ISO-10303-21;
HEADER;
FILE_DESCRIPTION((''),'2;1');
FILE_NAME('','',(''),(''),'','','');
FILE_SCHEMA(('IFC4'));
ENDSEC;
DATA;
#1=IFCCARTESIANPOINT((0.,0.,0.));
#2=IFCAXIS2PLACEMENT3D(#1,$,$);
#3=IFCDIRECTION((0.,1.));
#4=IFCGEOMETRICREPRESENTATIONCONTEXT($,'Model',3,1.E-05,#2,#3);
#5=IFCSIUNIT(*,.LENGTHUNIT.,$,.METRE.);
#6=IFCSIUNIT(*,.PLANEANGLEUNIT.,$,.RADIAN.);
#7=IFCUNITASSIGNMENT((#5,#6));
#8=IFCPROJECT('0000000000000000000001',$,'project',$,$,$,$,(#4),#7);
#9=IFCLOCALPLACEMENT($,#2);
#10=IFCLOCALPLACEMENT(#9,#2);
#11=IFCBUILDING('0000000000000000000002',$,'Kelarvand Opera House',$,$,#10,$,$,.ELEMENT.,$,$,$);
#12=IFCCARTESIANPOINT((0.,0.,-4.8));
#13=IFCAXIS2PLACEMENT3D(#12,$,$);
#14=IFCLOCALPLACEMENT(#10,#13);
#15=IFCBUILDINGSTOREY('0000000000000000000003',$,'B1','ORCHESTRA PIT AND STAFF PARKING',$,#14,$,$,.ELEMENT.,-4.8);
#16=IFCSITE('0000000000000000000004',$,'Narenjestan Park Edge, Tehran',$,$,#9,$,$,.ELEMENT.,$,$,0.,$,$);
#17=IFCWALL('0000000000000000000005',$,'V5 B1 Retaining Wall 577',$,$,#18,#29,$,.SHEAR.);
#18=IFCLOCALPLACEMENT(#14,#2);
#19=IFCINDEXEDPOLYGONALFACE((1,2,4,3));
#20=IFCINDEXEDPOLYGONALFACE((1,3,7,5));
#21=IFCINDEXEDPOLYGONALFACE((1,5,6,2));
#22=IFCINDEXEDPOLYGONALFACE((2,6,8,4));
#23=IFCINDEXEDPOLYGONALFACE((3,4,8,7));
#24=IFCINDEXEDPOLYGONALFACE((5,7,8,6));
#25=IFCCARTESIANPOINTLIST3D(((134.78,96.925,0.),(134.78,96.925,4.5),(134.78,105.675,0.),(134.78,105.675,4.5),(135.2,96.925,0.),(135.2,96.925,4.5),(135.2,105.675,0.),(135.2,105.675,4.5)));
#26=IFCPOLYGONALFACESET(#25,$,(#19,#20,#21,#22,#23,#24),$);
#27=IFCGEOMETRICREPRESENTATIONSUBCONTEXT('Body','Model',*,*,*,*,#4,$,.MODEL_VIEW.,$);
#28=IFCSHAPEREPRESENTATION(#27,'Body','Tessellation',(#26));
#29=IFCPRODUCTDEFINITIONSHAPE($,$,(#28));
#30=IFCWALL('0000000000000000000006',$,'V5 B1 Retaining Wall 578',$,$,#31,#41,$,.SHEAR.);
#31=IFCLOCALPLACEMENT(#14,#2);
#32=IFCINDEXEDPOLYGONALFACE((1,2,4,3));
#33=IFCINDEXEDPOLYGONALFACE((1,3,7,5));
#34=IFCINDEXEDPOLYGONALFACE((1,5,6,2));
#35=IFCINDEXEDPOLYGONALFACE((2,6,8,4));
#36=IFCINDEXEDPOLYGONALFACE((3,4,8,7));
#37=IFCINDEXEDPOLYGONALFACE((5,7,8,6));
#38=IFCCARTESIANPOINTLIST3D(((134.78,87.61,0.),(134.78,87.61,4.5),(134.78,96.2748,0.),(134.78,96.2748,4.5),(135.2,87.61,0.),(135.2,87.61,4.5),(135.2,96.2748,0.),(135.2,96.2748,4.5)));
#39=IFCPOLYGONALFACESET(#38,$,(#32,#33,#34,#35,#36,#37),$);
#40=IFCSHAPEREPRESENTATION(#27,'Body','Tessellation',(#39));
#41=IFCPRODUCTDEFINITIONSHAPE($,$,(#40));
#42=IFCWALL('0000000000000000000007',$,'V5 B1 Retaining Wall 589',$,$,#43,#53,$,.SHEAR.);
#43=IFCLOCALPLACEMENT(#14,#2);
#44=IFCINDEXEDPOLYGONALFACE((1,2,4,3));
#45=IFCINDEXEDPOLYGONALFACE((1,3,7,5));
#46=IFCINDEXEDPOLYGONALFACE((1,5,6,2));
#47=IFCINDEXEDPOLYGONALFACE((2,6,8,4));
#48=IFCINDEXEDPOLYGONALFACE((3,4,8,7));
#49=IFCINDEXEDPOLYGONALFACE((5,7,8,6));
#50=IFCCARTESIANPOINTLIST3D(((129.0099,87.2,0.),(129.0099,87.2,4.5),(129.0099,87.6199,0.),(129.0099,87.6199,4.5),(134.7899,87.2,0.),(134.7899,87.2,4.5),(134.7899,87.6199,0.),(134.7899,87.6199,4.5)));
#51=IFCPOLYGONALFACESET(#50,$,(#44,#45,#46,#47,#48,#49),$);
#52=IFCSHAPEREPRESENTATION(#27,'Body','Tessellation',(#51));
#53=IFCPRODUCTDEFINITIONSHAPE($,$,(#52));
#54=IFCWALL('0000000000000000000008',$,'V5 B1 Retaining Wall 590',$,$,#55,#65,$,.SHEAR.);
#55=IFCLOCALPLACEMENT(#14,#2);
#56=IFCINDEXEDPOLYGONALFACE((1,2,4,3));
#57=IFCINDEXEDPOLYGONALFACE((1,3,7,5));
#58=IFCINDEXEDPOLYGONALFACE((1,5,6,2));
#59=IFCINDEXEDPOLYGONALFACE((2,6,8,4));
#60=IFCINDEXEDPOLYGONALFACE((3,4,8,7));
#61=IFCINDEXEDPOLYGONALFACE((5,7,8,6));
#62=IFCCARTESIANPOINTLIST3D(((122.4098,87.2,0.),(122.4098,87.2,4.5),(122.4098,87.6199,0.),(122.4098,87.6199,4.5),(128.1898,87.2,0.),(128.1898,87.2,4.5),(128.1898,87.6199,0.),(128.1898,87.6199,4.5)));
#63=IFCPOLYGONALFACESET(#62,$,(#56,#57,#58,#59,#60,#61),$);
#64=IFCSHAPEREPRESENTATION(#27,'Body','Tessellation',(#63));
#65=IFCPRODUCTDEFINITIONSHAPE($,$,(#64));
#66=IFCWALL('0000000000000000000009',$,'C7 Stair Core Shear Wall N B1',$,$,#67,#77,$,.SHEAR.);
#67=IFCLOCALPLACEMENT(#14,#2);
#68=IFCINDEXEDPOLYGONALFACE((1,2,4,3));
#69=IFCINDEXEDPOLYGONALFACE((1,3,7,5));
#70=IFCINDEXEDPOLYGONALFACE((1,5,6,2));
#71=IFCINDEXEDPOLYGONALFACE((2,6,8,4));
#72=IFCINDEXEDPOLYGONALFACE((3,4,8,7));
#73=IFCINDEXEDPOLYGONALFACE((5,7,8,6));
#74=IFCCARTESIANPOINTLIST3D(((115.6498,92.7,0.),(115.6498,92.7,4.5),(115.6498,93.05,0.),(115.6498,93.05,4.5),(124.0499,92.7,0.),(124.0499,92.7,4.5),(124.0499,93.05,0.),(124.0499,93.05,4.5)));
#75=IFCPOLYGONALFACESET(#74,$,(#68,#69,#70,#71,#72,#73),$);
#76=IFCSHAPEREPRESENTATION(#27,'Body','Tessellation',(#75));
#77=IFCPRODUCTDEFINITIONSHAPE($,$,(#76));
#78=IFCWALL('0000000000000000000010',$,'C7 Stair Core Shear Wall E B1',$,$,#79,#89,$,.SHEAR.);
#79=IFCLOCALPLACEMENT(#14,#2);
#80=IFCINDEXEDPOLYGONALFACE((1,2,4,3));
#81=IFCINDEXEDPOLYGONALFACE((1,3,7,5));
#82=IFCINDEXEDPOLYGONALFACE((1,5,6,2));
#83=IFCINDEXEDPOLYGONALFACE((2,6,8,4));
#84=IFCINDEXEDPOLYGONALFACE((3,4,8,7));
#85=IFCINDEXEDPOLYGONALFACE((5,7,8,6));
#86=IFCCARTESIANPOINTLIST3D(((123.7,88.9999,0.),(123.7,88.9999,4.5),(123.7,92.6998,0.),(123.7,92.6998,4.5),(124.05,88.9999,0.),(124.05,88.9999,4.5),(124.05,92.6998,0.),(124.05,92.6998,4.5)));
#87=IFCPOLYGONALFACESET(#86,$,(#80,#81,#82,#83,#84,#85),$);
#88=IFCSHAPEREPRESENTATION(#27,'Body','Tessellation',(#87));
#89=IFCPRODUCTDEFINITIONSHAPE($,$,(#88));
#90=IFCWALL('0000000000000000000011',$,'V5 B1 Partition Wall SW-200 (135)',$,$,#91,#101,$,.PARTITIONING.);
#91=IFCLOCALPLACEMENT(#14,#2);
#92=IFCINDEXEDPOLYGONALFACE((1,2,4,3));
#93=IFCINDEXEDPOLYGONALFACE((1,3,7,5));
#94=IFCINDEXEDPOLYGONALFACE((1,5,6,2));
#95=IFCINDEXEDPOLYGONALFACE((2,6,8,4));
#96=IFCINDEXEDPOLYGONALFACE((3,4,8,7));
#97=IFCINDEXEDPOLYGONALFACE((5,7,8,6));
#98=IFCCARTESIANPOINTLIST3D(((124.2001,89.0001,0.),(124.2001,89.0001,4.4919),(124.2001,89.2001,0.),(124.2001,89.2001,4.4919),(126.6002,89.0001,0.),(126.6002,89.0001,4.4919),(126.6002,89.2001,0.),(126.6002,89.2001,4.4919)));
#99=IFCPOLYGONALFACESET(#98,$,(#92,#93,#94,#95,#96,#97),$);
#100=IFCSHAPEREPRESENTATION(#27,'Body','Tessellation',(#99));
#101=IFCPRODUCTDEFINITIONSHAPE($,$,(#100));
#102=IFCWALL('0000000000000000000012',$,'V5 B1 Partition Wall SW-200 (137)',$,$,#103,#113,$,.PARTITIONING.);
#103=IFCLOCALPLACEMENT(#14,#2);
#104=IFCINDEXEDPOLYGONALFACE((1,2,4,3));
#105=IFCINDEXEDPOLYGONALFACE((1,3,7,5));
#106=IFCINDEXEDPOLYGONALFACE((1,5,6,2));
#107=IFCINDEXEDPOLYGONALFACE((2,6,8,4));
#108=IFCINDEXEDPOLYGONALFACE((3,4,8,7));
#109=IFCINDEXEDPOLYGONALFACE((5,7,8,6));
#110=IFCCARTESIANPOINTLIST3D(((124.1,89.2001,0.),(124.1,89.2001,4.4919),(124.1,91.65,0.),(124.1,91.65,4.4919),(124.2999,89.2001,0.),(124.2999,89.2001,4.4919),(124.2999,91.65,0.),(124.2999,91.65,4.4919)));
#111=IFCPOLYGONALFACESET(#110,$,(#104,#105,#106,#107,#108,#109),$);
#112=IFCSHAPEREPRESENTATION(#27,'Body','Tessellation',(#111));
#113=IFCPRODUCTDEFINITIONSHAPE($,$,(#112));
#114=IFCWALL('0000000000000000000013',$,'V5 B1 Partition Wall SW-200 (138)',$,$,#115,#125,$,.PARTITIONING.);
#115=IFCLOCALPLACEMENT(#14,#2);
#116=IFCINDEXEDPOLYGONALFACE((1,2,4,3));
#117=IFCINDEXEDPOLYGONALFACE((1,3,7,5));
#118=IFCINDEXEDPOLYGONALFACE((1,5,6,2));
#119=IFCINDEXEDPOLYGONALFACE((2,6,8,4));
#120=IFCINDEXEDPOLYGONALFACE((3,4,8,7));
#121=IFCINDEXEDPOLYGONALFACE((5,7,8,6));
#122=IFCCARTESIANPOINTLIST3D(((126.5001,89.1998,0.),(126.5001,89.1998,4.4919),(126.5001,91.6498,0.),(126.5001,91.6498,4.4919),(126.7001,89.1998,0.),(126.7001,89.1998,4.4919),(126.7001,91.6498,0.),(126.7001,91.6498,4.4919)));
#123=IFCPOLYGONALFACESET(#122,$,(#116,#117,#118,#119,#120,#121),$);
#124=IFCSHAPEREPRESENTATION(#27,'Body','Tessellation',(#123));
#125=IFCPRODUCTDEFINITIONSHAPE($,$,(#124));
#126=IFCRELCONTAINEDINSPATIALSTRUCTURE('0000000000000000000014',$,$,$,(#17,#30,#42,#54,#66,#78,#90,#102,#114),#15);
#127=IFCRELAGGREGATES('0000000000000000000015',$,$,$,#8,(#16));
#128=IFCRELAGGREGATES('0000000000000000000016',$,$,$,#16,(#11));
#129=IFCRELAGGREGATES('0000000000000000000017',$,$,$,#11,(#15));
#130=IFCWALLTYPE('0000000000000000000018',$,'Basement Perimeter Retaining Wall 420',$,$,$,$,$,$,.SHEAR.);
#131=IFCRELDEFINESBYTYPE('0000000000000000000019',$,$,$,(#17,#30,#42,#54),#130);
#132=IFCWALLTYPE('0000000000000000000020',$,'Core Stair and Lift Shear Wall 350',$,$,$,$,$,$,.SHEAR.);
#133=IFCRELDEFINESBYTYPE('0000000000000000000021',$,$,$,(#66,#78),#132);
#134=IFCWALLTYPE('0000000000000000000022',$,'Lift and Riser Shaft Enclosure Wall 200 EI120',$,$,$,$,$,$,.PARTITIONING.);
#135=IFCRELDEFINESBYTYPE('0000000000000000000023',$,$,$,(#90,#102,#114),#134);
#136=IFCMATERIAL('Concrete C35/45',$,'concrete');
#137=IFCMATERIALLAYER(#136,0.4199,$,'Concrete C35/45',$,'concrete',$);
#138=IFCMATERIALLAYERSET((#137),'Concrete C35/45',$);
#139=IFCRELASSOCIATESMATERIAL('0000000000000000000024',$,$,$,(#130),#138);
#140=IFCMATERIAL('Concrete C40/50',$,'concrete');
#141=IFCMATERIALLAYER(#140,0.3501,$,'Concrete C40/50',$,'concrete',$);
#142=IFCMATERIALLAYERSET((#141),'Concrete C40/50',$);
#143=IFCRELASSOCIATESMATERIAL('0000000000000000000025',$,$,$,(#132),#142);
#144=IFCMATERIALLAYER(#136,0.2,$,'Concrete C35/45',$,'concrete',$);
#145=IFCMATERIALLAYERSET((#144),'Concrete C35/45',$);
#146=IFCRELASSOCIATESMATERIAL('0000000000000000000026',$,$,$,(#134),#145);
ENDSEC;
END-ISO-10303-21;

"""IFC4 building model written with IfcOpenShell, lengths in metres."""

from ifc_helpers import new_model, si_unit, direction, frame, frame_2d, origin, place, context, subcontext, project, spatial, rectangle, extrude, material, layer, layer_set, type_object, element, save


model = new_model("IFC4")

# Units and contexts
model_context = context("Model", 3, precision=1e-05, world=origin(), true_north=direction((0.0, 1.0)))
body_context = subcontext(model_context, "Body", "Model", "MODEL_VIEW")
ifc_project = project(units=[si_unit("LENGTHUNIT", "METRE"), si_unit("PLANEANGLEUNIT", "RADIAN")], contexts=[model_context])

# Site, building, storey
site_placement = place(None, origin())
site = spatial("IfcSite", under=ifc_project, at=site_placement, Name="Narenjestan Park Edge, Tehran", CompositionType="ELEMENT", RefElevation=0.0)
building_placement = place(site_placement, origin())
building = spatial("IfcBuilding", under=site, at=building_placement, Name="Kelarvand Opera House", CompositionType="ELEMENT")
storey_placement = place(building_placement, frame((0.0, 0.0, -4.8)))
storey = spatial("IfcBuildingStorey", under=building, at=storey_placement, Name="B1", Description="ORCHESTRA PIT AND STAFF PARKING", CompositionType="ELEMENT", Elevation=-4.8)

# Shared definitions
ifc_material_1 = material(Name="Concrete C40/50", Category="concrete")

# Shared definitions
ifc_material_2 = material(Name="Concrete C35/45", Category="concrete")

# Walls
ifc_layer_1 = layer(ifc_material_2, 0.4199, Name="Concrete C35/45", Category="concrete")
ifc_layer_set_1 = layer_set([ifc_layer_1], Name="Concrete C35/45")
wall_type_1 = type_object("IfcWallType", Name="Basement Perimeter Retaining Wall 420", PredefinedType="SHEAR", material=ifc_layer_set_1)
wall_1_placement = place(storey_placement, frame((134.99, 105.675, 0.0), z_axis=(0.0, 0.0, 1.0), x_axis=(0.0, -1.0, 0.0)))
element("IfcWall", 1, at=wall_1_placement, inside=storey, type_object=wall_type_1, Name="V5 B1 Retaining Wall 577", PredefinedType="SHEAR", context=body_context, shape_type="SweptSolid", body=[
    extrude(rectangle(XDim=8.75, YDim=0.4199, at=frame_2d((4.375, 0.0))), origin(), (0.0, 0.0, 1.0), 4.5),
])
wall_2_placement = place(storey_placement, frame((134.99, 96.2749, 0.0), z_axis=(0.0, 0.0, 1.0), x_axis=(0.0, -1.0, 0.0)))
element("IfcWall", 2, at=wall_2_placement, inside=storey, type_object=wall_type_1, Name="V5 B1 Retaining Wall 578", PredefinedType="SHEAR", context=body_context, shape_type="SweptSolid", body=[
    extrude(rectangle(XDim=8.6648, YDim=0.4199, at=frame_2d((4.3325, 0.0))), origin(), (0.0, 0.0, 1.0), 4.5),
])
for number, where, z_axis, x_axis, name in (
    (3, (134.79, 87.4099, 0.0), (0.0, 0.0, 1.0), (-1.0, 0.0, 0.0), "V5 B1 Retaining Wall 589"),
    (4, (128.1899, 87.4099, 0.0), (0.0, 0.0, 1.0), (-1.0, 0.0, 0.0), "V5 B1 Retaining Wall 590"),
):
    element("IfcWall", number, at=place(storey_placement, frame(where, z_axis=z_axis, x_axis=x_axis)), inside=storey, type_object=wall_type_1, Name=name, PredefinedType="SHEAR", context=body_context, shape_type="SweptSolid", body=[
        extrude(rectangle(XDim=5.78, YDim=0.4199, at=frame_2d((2.8901, 0.0))), origin(), (0.0, 0.0, 1.0), 4.5),
    ])
ifc_layer_2 = layer(ifc_material_1, 0.3501, Name="Concrete C40/50", Category="concrete")
ifc_layer_set_2 = layer_set([ifc_layer_2], Name="Concrete C40/50")
wall_type_2 = type_object("IfcWallType", Name="Core Stair and Lift Shear Wall 350", PredefinedType="SHEAR", material=ifc_layer_set_2)
wall_3_placement = place(storey_placement, frame((124.05, 92.875, 0.0), z_axis=(0.0, 0.0, 1.0), x_axis=(-1.0, 0.0, 0.0)))
element("IfcWall", 5, at=wall_3_placement, inside=storey, type_object=wall_type_2, Name="C7 Stair Core Shear Wall N B1", PredefinedType="SHEAR", context=body_context, shape_type="SweptSolid", body=[
    extrude(rectangle(XDim=8.4001, YDim=0.3501, at=frame_2d((4.2002, 0.0))), origin(), (0.0, 0.0, 1.0), 4.5),
])
wall_4_placement = place(storey_placement, frame((123.875, 92.7, 0.0), z_axis=(0.0, 0.0, 1.0), x_axis=(0.0, -1.0, 0.0)))
element("IfcWall", 6, at=wall_4_placement, inside=storey, type_object=wall_type_2, Name="C7 Stair Core Shear Wall E B1", PredefinedType="SHEAR", context=body_context, shape_type="SweptSolid", body=[
    extrude(rectangle(XDim=3.7, YDim=0.3501, at=frame_2d((1.8501, 0.0))), origin(), (0.0, 0.0, 1.0), 4.5),
])
ifc_layer_3 = layer(ifc_material_2, 0.2, Name="Concrete C35/45", Category="concrete")
ifc_layer_set_3 = layer_set([ifc_layer_3], Name="Concrete C35/45")
wall_type_3 = type_object("IfcWallType", Name="Lift and Riser Shaft Enclosure Wall 200 EI120", PredefinedType="PARTITIONING", material=ifc_layer_set_3)
wall_5_placement = place(storey_placement, frame((124.2, 89.1001, 0.0), z_axis=(0.0, 0.0, 1.0), x_axis=(1.0, 0.0, 0.0)))
element("IfcWall", 7, at=wall_5_placement, inside=storey, type_object=wall_type_3, Name="V5 B1 Partition Wall SW-200 (135)", PredefinedType="PARTITIONING", context=body_context, shape_type="SweptSolid", body=[
    extrude(rectangle(XDim=2.4001, YDim=0.2, at=frame_2d((1.2002, 0.0))), origin(), (0.0, 0.0, 1.0), 4.4919),
])

# Walls
for number, where, z_axis, x_axis, name in (
    (8, (124.2, 89.2, 0.0), (0.0, 0.0, 1.0), (0.0, 1.0, 0.0), "V5 B1 Partition Wall SW-200 (137)"),
    (9, (126.6001, 91.6499, 0.0), (0.0, 0.0, 1.0), (0.0, -1.0, 0.0), "V5 B1 Partition Wall SW-200 (138)"),
):
    element("IfcWall", number, at=place(storey_placement, frame(where, z_axis=z_axis, x_axis=x_axis)), inside=storey, type_object=wall_type_3, Name=name, PredefinedType="PARTITIONING", context=body_context, shape_type="SweptSolid", body=[
        extrude(rectangle(XDim=2.45, YDim=0.2, at=frame_2d((1.2251, 0.0))), origin(), (0.0, 0.0, 1.0), 4.4919),
    ])

save(model, "model.ifc")
